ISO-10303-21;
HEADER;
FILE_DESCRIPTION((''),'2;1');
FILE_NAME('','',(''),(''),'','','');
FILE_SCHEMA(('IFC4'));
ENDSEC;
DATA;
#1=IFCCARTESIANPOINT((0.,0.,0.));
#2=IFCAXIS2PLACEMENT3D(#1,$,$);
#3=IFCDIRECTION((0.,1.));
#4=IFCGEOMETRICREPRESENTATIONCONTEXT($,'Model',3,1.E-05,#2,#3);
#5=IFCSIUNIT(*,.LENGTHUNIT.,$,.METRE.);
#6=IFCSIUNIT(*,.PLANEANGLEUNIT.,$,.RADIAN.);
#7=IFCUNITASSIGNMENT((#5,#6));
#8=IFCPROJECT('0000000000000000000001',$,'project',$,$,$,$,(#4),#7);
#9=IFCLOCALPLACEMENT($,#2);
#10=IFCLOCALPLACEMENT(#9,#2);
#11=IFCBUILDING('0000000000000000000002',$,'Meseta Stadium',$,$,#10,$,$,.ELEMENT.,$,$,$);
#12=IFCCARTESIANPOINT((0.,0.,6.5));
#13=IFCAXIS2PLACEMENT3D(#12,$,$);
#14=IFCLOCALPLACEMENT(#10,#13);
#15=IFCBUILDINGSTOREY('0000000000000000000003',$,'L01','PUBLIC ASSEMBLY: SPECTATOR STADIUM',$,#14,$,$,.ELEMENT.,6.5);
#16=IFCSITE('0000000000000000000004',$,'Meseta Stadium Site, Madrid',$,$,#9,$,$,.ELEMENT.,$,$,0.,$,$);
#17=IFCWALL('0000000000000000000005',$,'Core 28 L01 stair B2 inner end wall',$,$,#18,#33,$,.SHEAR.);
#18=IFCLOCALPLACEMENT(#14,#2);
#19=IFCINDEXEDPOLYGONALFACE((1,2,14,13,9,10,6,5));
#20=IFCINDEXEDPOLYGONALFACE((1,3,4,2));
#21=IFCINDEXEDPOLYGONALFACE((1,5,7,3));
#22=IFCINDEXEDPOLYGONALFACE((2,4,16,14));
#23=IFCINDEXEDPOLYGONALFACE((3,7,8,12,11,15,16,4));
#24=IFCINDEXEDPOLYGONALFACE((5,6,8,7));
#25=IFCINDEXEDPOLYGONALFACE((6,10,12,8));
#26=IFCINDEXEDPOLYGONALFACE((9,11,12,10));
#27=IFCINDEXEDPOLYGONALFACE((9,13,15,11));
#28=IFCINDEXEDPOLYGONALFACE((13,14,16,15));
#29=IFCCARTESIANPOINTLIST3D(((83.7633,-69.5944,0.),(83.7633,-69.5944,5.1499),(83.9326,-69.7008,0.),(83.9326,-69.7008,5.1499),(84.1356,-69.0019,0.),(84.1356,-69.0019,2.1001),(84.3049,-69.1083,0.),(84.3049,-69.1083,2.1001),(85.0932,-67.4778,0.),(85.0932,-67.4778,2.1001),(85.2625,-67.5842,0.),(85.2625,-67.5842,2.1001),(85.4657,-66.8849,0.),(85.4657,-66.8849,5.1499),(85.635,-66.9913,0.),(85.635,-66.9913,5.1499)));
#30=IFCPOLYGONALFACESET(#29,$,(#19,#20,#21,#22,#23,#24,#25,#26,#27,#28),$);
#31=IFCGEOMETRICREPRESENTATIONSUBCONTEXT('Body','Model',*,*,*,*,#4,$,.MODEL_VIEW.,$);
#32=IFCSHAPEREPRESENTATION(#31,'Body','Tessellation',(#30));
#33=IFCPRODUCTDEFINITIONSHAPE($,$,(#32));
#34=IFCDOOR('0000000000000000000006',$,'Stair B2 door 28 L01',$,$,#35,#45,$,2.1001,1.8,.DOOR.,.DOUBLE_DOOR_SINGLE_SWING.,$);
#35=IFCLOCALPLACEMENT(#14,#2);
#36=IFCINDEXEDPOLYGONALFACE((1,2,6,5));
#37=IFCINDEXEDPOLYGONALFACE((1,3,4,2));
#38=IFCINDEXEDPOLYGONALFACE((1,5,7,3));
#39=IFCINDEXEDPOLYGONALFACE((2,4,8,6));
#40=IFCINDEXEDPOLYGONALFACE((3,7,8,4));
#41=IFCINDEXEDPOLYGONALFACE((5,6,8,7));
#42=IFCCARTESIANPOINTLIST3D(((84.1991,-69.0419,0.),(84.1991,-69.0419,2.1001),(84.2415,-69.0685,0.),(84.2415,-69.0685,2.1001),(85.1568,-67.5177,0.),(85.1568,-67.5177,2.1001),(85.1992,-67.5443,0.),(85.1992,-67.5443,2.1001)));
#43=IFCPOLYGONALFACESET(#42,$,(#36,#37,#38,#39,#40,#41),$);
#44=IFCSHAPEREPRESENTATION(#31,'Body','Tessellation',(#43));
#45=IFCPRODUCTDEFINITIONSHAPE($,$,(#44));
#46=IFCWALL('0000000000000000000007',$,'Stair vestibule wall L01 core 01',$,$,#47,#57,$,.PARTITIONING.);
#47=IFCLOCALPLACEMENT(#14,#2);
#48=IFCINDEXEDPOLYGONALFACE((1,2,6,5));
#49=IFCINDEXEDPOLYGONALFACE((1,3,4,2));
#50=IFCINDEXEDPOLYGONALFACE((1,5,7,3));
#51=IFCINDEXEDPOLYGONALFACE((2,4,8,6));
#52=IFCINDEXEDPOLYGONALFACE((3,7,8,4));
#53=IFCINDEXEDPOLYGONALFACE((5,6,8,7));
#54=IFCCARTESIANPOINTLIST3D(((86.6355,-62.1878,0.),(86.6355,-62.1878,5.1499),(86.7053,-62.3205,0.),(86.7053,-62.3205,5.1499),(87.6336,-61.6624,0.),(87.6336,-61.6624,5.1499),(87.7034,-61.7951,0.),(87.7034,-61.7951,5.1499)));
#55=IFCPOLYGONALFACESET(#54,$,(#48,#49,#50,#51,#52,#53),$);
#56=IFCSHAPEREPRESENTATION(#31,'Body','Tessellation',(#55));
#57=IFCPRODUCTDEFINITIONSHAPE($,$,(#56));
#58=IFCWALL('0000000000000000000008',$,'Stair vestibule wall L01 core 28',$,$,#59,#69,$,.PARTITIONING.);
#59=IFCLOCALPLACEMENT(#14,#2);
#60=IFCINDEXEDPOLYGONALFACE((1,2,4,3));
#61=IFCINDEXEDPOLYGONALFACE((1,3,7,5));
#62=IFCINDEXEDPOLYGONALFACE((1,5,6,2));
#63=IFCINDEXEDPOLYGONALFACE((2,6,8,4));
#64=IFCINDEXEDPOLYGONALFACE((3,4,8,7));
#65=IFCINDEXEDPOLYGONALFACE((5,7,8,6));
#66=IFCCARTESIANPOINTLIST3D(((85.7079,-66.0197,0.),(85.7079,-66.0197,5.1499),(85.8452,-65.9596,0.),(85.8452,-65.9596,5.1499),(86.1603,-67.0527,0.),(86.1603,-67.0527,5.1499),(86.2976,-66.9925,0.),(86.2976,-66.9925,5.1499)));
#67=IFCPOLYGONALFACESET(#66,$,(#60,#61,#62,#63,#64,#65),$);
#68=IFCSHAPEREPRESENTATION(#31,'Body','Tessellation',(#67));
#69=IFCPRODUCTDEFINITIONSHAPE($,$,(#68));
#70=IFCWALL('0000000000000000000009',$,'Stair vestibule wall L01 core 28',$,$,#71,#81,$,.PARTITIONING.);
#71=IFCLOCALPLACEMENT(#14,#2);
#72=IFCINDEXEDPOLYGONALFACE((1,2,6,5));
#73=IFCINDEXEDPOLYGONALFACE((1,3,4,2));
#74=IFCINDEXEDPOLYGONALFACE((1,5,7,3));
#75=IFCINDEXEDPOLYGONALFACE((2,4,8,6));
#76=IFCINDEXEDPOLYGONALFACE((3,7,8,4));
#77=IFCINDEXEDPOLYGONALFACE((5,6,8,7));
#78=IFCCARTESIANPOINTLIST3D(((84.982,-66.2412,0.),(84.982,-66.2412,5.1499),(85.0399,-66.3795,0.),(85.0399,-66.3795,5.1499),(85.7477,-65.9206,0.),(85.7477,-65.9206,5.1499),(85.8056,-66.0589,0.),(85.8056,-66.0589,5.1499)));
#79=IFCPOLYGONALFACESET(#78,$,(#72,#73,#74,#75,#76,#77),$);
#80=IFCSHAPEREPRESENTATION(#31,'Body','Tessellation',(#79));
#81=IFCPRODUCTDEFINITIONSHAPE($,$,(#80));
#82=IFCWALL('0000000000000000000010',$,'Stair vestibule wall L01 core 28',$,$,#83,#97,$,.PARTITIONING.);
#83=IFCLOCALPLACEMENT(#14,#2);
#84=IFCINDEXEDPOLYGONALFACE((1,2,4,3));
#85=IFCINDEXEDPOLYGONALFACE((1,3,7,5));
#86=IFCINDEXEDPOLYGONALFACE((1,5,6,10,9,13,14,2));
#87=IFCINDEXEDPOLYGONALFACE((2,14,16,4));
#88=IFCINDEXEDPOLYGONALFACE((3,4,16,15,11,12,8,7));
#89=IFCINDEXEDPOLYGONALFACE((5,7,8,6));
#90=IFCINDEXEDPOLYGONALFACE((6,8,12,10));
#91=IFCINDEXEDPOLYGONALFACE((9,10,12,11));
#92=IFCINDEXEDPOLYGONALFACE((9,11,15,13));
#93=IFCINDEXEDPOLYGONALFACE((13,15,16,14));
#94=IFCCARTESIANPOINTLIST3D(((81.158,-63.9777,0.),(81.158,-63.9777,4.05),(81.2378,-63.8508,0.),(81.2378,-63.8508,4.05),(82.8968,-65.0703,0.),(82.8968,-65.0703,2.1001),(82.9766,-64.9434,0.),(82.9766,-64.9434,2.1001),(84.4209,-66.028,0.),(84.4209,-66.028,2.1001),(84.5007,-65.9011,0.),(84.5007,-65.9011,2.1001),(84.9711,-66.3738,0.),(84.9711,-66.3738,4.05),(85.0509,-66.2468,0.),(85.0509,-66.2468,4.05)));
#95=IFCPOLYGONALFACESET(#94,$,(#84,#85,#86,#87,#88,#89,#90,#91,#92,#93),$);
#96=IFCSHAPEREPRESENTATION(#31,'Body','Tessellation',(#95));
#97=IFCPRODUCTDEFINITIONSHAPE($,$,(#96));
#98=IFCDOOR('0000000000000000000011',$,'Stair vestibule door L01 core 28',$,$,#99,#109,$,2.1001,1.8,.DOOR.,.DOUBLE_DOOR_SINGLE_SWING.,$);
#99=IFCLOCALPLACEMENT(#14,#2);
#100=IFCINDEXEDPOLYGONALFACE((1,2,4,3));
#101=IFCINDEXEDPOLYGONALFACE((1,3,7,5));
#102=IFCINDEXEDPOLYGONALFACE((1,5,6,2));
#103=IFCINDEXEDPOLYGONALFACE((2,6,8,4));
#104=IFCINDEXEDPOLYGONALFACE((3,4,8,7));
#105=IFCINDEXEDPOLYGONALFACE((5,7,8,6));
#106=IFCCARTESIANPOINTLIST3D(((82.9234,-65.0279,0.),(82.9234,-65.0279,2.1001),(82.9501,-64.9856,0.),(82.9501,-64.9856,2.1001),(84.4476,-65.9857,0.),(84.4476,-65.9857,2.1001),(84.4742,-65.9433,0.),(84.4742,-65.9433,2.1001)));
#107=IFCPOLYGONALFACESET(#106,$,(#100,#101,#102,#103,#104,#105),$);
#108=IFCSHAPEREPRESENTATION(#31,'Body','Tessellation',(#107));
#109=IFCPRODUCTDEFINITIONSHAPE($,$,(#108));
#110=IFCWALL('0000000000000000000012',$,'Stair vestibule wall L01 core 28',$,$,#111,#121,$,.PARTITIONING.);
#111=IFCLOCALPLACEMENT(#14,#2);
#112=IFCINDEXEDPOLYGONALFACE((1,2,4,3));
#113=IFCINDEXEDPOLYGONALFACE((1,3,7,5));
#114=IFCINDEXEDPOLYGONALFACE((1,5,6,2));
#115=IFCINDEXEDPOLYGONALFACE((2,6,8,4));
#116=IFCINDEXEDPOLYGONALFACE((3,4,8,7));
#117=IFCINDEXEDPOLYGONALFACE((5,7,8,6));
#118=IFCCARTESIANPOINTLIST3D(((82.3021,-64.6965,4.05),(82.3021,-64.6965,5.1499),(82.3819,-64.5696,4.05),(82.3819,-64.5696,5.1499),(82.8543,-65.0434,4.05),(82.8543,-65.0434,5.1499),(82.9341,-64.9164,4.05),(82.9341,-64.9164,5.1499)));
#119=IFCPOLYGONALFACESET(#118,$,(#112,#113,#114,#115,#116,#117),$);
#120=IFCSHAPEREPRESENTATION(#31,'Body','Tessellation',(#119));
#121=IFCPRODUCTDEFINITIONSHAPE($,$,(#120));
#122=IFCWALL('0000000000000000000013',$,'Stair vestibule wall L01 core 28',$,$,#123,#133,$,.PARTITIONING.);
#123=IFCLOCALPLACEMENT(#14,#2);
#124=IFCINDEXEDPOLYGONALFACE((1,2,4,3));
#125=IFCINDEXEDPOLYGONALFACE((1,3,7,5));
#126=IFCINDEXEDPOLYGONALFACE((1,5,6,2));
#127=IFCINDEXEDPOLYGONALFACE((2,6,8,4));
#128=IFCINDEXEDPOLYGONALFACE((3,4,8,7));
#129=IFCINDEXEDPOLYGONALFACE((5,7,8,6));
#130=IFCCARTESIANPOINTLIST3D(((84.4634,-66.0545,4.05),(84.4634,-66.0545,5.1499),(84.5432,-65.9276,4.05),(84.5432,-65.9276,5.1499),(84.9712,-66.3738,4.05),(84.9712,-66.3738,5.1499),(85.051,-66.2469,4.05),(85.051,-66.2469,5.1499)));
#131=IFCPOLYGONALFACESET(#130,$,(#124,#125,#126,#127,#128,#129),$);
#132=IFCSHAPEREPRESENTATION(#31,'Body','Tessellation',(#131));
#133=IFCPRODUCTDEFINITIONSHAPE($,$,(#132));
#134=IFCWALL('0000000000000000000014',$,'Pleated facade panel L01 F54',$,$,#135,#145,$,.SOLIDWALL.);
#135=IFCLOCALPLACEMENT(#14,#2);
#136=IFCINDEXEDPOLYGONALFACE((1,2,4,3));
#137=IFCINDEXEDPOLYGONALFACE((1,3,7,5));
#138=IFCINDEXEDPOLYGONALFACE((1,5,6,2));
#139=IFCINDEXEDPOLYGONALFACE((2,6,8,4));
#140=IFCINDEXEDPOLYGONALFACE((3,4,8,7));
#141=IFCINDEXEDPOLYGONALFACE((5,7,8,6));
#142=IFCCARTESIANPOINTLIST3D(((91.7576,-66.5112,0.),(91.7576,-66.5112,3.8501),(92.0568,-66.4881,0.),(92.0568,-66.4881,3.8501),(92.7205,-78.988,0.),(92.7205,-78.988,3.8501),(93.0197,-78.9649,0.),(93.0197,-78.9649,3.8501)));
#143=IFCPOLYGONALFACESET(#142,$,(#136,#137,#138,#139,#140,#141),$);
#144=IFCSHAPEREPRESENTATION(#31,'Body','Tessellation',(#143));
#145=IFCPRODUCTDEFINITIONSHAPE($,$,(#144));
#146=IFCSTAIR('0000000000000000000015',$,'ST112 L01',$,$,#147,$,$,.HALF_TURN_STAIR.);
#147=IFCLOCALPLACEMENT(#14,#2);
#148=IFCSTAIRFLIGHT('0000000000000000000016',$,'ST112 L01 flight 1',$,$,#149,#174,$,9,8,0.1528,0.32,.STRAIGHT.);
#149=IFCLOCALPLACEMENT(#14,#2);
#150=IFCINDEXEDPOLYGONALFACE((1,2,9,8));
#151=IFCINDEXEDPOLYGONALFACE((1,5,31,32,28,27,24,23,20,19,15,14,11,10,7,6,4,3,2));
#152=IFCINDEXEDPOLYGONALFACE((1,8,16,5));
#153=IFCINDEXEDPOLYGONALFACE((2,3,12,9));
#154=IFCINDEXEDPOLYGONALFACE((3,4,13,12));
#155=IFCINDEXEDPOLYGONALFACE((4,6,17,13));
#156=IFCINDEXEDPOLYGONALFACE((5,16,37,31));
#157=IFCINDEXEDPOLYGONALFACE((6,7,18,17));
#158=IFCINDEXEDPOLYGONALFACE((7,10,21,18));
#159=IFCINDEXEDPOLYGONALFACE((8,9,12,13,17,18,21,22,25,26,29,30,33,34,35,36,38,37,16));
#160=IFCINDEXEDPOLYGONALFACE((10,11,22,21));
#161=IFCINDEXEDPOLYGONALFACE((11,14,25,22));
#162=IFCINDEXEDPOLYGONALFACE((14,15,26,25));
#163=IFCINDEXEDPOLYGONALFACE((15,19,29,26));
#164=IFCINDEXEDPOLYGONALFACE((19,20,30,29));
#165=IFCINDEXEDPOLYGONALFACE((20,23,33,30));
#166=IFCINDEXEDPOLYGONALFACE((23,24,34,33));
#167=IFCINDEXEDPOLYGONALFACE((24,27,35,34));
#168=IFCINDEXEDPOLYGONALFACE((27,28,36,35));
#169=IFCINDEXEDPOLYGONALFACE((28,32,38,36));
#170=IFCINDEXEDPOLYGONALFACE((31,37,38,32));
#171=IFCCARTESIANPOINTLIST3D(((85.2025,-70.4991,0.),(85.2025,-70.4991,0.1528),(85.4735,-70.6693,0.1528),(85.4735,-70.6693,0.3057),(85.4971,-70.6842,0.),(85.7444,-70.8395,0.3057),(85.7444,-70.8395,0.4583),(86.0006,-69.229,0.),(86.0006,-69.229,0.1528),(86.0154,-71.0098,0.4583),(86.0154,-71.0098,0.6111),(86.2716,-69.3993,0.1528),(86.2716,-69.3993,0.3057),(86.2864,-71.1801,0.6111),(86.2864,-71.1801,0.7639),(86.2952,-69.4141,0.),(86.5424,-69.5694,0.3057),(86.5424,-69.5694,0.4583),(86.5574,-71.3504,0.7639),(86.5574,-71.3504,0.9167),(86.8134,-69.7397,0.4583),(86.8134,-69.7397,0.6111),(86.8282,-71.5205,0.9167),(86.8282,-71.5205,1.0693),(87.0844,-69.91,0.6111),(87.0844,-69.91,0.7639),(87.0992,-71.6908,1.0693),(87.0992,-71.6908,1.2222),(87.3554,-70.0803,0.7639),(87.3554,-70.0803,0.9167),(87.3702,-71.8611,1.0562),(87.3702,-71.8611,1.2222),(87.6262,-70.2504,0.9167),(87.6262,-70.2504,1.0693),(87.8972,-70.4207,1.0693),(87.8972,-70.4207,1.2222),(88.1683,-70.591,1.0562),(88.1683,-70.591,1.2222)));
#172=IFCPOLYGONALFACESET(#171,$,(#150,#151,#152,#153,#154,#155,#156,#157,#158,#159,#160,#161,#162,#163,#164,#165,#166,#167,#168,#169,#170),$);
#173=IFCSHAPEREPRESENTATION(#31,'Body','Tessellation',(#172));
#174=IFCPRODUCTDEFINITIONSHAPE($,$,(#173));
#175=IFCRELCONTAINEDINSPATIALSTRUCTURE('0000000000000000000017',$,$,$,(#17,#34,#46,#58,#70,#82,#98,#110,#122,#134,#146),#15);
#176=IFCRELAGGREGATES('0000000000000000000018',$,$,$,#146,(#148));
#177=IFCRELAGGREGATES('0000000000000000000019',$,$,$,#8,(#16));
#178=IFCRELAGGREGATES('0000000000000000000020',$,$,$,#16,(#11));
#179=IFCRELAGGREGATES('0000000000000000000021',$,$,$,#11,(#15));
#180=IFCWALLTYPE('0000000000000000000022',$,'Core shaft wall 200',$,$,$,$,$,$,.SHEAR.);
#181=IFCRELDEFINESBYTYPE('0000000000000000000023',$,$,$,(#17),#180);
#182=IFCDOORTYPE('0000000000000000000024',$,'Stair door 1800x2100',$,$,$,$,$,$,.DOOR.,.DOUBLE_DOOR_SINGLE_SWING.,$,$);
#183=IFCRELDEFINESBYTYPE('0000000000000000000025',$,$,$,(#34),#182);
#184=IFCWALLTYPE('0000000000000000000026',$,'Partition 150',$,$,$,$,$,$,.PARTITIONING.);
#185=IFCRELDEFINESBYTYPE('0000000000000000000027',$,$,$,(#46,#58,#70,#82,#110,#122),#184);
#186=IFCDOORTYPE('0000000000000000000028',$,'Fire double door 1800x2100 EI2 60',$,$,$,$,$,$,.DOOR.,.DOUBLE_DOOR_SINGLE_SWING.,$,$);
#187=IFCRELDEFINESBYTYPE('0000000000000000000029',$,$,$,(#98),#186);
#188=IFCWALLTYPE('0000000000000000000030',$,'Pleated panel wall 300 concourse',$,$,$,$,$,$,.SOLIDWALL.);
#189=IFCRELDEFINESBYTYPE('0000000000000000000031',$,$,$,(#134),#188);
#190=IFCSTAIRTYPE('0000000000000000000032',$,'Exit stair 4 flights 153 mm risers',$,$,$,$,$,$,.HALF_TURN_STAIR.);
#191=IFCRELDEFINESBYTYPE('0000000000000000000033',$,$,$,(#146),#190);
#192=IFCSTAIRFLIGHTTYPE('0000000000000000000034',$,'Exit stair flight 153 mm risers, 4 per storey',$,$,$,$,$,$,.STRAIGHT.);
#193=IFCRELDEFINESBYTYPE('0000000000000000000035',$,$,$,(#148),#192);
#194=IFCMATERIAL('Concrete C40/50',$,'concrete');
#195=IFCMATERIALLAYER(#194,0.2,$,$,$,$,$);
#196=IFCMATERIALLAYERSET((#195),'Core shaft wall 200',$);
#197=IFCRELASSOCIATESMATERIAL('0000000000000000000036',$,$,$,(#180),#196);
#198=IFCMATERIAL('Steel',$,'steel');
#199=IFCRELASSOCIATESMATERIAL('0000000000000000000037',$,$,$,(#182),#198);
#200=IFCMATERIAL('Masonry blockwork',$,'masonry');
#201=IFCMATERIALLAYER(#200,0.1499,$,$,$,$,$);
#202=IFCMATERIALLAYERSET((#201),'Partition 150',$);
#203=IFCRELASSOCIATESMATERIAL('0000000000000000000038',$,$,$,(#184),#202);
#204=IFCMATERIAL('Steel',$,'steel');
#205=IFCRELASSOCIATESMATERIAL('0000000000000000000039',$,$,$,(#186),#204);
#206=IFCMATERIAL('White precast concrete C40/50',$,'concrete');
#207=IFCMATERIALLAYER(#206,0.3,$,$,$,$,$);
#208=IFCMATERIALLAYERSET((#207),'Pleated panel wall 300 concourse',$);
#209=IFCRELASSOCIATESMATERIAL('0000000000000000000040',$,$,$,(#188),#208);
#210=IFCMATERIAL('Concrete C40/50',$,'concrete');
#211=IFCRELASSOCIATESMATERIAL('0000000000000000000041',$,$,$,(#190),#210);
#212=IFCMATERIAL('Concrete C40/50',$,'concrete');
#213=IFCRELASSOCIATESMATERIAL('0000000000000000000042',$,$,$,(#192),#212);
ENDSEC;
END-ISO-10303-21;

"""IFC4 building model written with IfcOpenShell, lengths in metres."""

from ifc_helpers import new_model, si_unit, direction, frame, frame_2d, origin, place, context, subcontext, project, spatial, polyline, rectangle, outline, extrude, material, layer, layer_set, type_object, element, fill, aggregate, save


model = new_model("IFC4")

# Units and contexts
model_context = context("Model", 3, precision=1e-05, world=origin(), true_north=direction((0.0, 1.0)))
body_context = subcontext(model_context, "Body", "Model", "MODEL_VIEW")
ifc_project = project(units=[si_unit("LENGTHUNIT", "METRE"), si_unit("PLANEANGLEUNIT", "RADIAN")], contexts=[model_context])

# Site, building, storey
site_placement = place(None, origin())
site = spatial("IfcSite", under=ifc_project, at=site_placement, Name="Meseta Stadium Site, Madrid", CompositionType="ELEMENT", RefElevation=0.0)
building_placement = place(site_placement, origin())
building = spatial("IfcBuilding", under=site, at=building_placement, Name="Meseta Stadium", CompositionType="ELEMENT")
storey_placement = place(building_placement, frame((0.0, 0.0, 6.5)))
storey = spatial("IfcBuildingStorey", under=building, at=storey_placement, Name="L01", Description="PUBLIC ASSEMBLY: SPECTATOR STADIUM", CompositionType="ELEMENT", Elevation=6.5)

# Shared definitions
ifc_material_1 = material(Name="Concrete C40/50", Category="concrete")
ifc_layer_1 = layer(ifc_material_1, 0.2)
ifc_layer_set_1 = layer_set([ifc_layer_1], Name="Core shaft wall 200")
wall_type_1 = type_object("IfcWallType", Name="Core shaft wall 200", PredefinedType="SHEAR", material=ifc_layer_set_1)

# Wall, opening, door
wall_1_placement = place(storey_placement, frame((83.8479, -69.6477, 0.0), z_axis=(0.0, 0.0, 1.0), x_axis=(0.532014, 0.846736, 0.0)))
wall_1 = element("IfcWall", 1, at=wall_1_placement, inside=storey, type_object=wall_type_1, Name="Core 28 L01 stair B2 inner end wall", PredefinedType="SHEAR", context=body_context, shape_type="SweptSolid", body=[
    extrude(rectangle(XDim=3.2, YDim=0.2, at=frame_2d((1.6001, 0.0))), origin(), (0.0, 0.0, 1.0), 5.1499),
])
opening_1_placement = place(wall_1_placement, frame((0.7, 0.0, 0.0)))
opening_1 = element("IfcOpeningElement", 2, at=opening_1_placement, cuts=wall_1, PredefinedType="OPENING", context=body_context, shape_type="SweptSolid", body=[
    extrude(rectangle(XDim=1.8, YDim=2.1001, at=frame_2d((0.8999, 1.05))), frame((0.0, 0.1099, 0.0), z_axis=(0.0, -1.0, 0.0), x_axis=(1.0, 0.0, 0.0)), (0.0, 0.0, 1.0), 0.22),
])
ifc_material_2 = material(Name="Steel", Category="steel")
door_type_1 = type_object("IfcDoorType", Name="Stair door 1800x2100", OperationType="DOUBLE_DOOR_SINGLE_SWING", PredefinedType="DOOR", material=ifc_material_2)
door_1_placement = place(opening_1_placement, origin())
door_1 = element("IfcDoor", 3, at=door_1_placement, inside=storey, type_object=door_type_1, Name="Stair B2 door 28 L01", OperationType="DOUBLE_DOOR_SINGLE_SWING", OverallHeight=2.1001, OverallWidth=1.8, PredefinedType="DOOR", context=body_context, shape_type="SweptSolid", body=[
    extrude(rectangle(XDim=1.8, YDim=2.1001, at=frame_2d((0.8999, 1.05))), frame((0.0, 0.0249, 0.0), z_axis=(0.0, -1.0, 0.0), x_axis=(1.0, 0.0, 0.0)), (0.0, 0.0, 1.0), 0.05),
])
fill(opening_1, door_1)

# Walls
ifc_material_3 = material(Name="Masonry blockwork", Category="masonry")
ifc_layer_2 = layer(ifc_material_3, 0.1499)
ifc_layer_set_2 = layer_set([ifc_layer_2], Name="Partition 150")
wall_type_2 = type_object("IfcWallType", Name="Partition 150", PredefinedType="PARTITIONING", material=ifc_layer_set_2)
wall_2_placement = place(storey_placement, frame((86.6704, -62.2542, 0.0), z_axis=(0.0, 0.0, 1.0), x_axis=(0.884881, 0.465818, 0.0)))
element("IfcWall", 4, at=wall_2_placement, inside=storey, type_object=wall_type_2, Name="Stair vestibule wall L01 core 01", PredefinedType="PARTITIONING", context=body_context, shape_type="SweptSolid", body=[
    extrude(rectangle(XDim=1.1279, YDim=0.1499, at=frame_2d((0.564, 0.0))), origin(), (0.0, 0.0, 1.0), 5.1499),
])
wall_3_placement = place(storey_placement, frame((86.229, -67.0227, 0.0), z_axis=(0.0, 0.0, 1.0), x_axis=(-0.401171, 0.916003, 0.0)))
element("IfcWall", 5, at=wall_3_placement, inside=storey, type_object=wall_type_2, Name="Stair vestibule wall L01 core 28", PredefinedType="PARTITIONING", context=body_context, shape_type="SweptSolid", body=[
    extrude(rectangle(XDim=1.1277, YDim=0.1499, at=frame_2d((0.564, 0.0))), origin(), (0.0, 0.0, 1.0), 5.1499),
])
wall_4_placement = place(storey_placement, frame((85.7766, -65.9897, 0.0), z_axis=(0.0, 0.0, 1.0), x_axis=(-0.922414, -0.386202, 0.0)))
element("IfcWall", 6, at=wall_4_placement, inside=storey, type_object=wall_type_2, Name="Stair vestibule wall L01 core 28", PredefinedType="PARTITIONING", context=body_context, shape_type="SweptSolid", body=[
    extrude(rectangle(XDim=0.8301, YDim=0.1499, at=frame_2d((0.415, 0.0))), origin(), (0.0, 0.0, 1.0), 5.1499),
])

# Wall, opening, door
wall_5_placement = place(storey_placement, frame((85.011, -66.3103, 0.0), z_axis=(0.0, 0.0, 1.0), x_axis=(-0.846711, 0.532054, 0.0)))
wall_5 = element("IfcWall", 7, at=wall_5_placement, inside=storey, type_object=wall_type_2, Name="Stair vestibule wall L01 core 28", PredefinedType="PARTITIONING", context=body_context, shape_type="SweptSolid", body=[
    extrude(rectangle(XDim=4.5034, YDim=0.1499, at=frame_2d((2.2517, 0.0))), origin(), (0.0, 0.0, 1.0), 4.05),
])
opening_2_placement = place(wall_5_placement, frame((0.6499, 0.0, 0.0)))
opening_2 = element("IfcOpeningElement", 8, at=opening_2_placement, cuts=wall_5, PredefinedType="OPENING", context=body_context, shape_type="SweptSolid", body=[
    extrude(rectangle(XDim=1.8, YDim=2.1001, at=frame_2d((0.8999, 1.05))), frame((0.0, 0.085, 0.0), z_axis=(0.0, -1.0, 0.0), x_axis=(1.0, 0.0, 0.0)), (0.0, 0.0, 1.0), 0.1699),
])
ifc_material_4 = material(Name="Steel", Category="steel")
door_type_2 = type_object("IfcDoorType", Name="Fire double door 1800x2100 EI2 60", OperationType="DOUBLE_DOOR_SINGLE_SWING", PredefinedType="DOOR", material=ifc_material_4)
door_2_placement = place(opening_2_placement, origin())
door_2 = element("IfcDoor", 9, at=door_2_placement, inside=storey, type_object=door_type_2, Name="Stair vestibule door L01 core 28", OperationType="DOUBLE_DOOR_SINGLE_SWING", OverallHeight=2.1001, OverallWidth=1.8, PredefinedType="DOOR", context=body_context, shape_type="SweptSolid", body=[
    extrude(rectangle(XDim=1.8, YDim=2.1001, at=frame_2d((0.8999, 1.05))), frame((0.0, 0.0249, 0.0), z_axis=(0.0, -1.0, 0.0), x_axis=(1.0, 0.0, 0.0)), (0.0, 0.0, 1.0), 0.05),
])
fill(opening_2, door_2)

# Walls
wall_6_placement = place(storey_placement, frame((82.8943, -64.98, 4.05), z_axis=(0.0, 0.0, 1.0), x_axis=(-0.846776, 0.531949, 0.0)))
element("IfcWall", 10, at=wall_6_placement, inside=storey, type_object=wall_type_2, Name="Stair vestibule wall L01 core 28", PredefinedType="PARTITIONING", context=body_context, shape_type="SweptSolid", body=[
    extrude(rectangle(XDim=0.6521, YDim=0.1499, at=frame_2d((0.3262, 0.0))), origin(), (0.0, 0.0, 1.0), 1.0999),
])
wall_7_placement = place(storey_placement, frame((85.011, -66.3103, 4.05), z_axis=(0.0, 0.0, 1.0), x_axis=(-0.846532, 0.532338, 0.0)))
element("IfcWall", 11, at=wall_7_placement, inside=storey, type_object=wall_type_2, Name="Stair vestibule wall L01 core 28", PredefinedType="PARTITIONING", context=body_context, shape_type="SweptSolid", body=[
    extrude(rectangle(XDim=0.5999, YDim=0.1499, at=frame_2d((0.2998, 0.0))), origin(), (0.0, 0.0, 1.0), 1.0999),
])
ifc_material_5 = material(Name="White precast concrete C40/50", Category="concrete")
ifc_layer_3 = layer(ifc_material_5, 0.3)
ifc_layer_set_3 = layer_set([ifc_layer_3], Name="Pleated panel wall 300 concourse")
wall_type_3 = type_object("IfcWallType", Name="Pleated panel wall 300 concourse", PredefinedType="SOLIDWALL", material=ifc_layer_set_3)
wall_8_placement = place(storey_placement, frame((91.9072, -66.4998, 0.0), z_axis=(0.0, 0.0, 1.0), x_axis=(0.076946, -0.997035, 0.0)))
element("IfcWall", 12, at=wall_8_placement, inside=storey, type_object=wall_type_3, Name="Pleated facade panel L01 F54", PredefinedType="SOLIDWALL", context=body_context, shape_type="SweptSolid", body=[
    extrude(rectangle(XDim=12.5139, YDim=0.3, at=frame_2d((6.2568, 0.0))), origin(), (0.0, 0.0, 1.0), 3.8501),
])

# Stair, stair flight
ifc_material_6 = material(Name="Concrete C40/50", Category="concrete")
stair_type = type_object("IfcStairType", Name="Exit stair 4 flights 153 mm risers", PredefinedType="HALF_TURN_STAIR", material=ifc_material_6)
stair_placement = place(storey_placement, origin())
stair = element("IfcStair", 13, at=stair_placement, inside=storey, type_object=stair_type, Name="ST112 L01", PredefinedType="HALF_TURN_STAIR")
ifc_material_7 = material(Name="Concrete C40/50", Category="concrete")
stair_flight_type = type_object("IfcStairFlightType", Name="Exit stair flight 153 mm risers, 4 per storey", PredefinedType="STRAIGHT", material=ifc_material_7)
stair_flight_1_placement = place(storey_placement, frame((85.6016, -69.864, 0.0), z_axis=(0.0, 0.0, 1.0), x_axis=(0.846724, -0.532032, 0.0)))
stair_flight_1 = element("IfcStairFlight", 14, at=stair_flight_1_placement, type_object=stair_flight_type, Name="ST112 L01 flight 1", NumberOfRisers=9, NumberOfTreads=8, PredefinedType="STRAIGHT", RiserHeight=0.1528, TreadLength=0.32, context=body_context, shape_type="SweptSolid", body=[
    extrude(outline(polyline([(0.0, 0.0), (0.0, 0.1528), (0.3201, 0.1528), (0.3201, 0.3057), (0.6399, 0.3057), (0.6399, 0.4583), (0.96, 0.4583), (0.96, 0.6111), (1.28, 0.6111), (1.28, 0.7639), (1.6001, 0.7639), (1.6001, 0.9167), (1.9199, 0.9167), (1.9199, 1.0693), (2.24, 1.0693), (2.24, 1.2222), (2.5601, 1.2222), (2.5601, 1.0562), (0.3479, 0.0), (0.0, 0.0)])), frame((0.0, 0.75, 0.0), z_axis=(0.0, -1.0, 0.0), x_axis=(1.0, 0.0, 0.0)), (0.0, 0.0, 1.0), 1.5),
])
aggregate(stair, [stair_flight_1])

save(model, "model.ifc")
